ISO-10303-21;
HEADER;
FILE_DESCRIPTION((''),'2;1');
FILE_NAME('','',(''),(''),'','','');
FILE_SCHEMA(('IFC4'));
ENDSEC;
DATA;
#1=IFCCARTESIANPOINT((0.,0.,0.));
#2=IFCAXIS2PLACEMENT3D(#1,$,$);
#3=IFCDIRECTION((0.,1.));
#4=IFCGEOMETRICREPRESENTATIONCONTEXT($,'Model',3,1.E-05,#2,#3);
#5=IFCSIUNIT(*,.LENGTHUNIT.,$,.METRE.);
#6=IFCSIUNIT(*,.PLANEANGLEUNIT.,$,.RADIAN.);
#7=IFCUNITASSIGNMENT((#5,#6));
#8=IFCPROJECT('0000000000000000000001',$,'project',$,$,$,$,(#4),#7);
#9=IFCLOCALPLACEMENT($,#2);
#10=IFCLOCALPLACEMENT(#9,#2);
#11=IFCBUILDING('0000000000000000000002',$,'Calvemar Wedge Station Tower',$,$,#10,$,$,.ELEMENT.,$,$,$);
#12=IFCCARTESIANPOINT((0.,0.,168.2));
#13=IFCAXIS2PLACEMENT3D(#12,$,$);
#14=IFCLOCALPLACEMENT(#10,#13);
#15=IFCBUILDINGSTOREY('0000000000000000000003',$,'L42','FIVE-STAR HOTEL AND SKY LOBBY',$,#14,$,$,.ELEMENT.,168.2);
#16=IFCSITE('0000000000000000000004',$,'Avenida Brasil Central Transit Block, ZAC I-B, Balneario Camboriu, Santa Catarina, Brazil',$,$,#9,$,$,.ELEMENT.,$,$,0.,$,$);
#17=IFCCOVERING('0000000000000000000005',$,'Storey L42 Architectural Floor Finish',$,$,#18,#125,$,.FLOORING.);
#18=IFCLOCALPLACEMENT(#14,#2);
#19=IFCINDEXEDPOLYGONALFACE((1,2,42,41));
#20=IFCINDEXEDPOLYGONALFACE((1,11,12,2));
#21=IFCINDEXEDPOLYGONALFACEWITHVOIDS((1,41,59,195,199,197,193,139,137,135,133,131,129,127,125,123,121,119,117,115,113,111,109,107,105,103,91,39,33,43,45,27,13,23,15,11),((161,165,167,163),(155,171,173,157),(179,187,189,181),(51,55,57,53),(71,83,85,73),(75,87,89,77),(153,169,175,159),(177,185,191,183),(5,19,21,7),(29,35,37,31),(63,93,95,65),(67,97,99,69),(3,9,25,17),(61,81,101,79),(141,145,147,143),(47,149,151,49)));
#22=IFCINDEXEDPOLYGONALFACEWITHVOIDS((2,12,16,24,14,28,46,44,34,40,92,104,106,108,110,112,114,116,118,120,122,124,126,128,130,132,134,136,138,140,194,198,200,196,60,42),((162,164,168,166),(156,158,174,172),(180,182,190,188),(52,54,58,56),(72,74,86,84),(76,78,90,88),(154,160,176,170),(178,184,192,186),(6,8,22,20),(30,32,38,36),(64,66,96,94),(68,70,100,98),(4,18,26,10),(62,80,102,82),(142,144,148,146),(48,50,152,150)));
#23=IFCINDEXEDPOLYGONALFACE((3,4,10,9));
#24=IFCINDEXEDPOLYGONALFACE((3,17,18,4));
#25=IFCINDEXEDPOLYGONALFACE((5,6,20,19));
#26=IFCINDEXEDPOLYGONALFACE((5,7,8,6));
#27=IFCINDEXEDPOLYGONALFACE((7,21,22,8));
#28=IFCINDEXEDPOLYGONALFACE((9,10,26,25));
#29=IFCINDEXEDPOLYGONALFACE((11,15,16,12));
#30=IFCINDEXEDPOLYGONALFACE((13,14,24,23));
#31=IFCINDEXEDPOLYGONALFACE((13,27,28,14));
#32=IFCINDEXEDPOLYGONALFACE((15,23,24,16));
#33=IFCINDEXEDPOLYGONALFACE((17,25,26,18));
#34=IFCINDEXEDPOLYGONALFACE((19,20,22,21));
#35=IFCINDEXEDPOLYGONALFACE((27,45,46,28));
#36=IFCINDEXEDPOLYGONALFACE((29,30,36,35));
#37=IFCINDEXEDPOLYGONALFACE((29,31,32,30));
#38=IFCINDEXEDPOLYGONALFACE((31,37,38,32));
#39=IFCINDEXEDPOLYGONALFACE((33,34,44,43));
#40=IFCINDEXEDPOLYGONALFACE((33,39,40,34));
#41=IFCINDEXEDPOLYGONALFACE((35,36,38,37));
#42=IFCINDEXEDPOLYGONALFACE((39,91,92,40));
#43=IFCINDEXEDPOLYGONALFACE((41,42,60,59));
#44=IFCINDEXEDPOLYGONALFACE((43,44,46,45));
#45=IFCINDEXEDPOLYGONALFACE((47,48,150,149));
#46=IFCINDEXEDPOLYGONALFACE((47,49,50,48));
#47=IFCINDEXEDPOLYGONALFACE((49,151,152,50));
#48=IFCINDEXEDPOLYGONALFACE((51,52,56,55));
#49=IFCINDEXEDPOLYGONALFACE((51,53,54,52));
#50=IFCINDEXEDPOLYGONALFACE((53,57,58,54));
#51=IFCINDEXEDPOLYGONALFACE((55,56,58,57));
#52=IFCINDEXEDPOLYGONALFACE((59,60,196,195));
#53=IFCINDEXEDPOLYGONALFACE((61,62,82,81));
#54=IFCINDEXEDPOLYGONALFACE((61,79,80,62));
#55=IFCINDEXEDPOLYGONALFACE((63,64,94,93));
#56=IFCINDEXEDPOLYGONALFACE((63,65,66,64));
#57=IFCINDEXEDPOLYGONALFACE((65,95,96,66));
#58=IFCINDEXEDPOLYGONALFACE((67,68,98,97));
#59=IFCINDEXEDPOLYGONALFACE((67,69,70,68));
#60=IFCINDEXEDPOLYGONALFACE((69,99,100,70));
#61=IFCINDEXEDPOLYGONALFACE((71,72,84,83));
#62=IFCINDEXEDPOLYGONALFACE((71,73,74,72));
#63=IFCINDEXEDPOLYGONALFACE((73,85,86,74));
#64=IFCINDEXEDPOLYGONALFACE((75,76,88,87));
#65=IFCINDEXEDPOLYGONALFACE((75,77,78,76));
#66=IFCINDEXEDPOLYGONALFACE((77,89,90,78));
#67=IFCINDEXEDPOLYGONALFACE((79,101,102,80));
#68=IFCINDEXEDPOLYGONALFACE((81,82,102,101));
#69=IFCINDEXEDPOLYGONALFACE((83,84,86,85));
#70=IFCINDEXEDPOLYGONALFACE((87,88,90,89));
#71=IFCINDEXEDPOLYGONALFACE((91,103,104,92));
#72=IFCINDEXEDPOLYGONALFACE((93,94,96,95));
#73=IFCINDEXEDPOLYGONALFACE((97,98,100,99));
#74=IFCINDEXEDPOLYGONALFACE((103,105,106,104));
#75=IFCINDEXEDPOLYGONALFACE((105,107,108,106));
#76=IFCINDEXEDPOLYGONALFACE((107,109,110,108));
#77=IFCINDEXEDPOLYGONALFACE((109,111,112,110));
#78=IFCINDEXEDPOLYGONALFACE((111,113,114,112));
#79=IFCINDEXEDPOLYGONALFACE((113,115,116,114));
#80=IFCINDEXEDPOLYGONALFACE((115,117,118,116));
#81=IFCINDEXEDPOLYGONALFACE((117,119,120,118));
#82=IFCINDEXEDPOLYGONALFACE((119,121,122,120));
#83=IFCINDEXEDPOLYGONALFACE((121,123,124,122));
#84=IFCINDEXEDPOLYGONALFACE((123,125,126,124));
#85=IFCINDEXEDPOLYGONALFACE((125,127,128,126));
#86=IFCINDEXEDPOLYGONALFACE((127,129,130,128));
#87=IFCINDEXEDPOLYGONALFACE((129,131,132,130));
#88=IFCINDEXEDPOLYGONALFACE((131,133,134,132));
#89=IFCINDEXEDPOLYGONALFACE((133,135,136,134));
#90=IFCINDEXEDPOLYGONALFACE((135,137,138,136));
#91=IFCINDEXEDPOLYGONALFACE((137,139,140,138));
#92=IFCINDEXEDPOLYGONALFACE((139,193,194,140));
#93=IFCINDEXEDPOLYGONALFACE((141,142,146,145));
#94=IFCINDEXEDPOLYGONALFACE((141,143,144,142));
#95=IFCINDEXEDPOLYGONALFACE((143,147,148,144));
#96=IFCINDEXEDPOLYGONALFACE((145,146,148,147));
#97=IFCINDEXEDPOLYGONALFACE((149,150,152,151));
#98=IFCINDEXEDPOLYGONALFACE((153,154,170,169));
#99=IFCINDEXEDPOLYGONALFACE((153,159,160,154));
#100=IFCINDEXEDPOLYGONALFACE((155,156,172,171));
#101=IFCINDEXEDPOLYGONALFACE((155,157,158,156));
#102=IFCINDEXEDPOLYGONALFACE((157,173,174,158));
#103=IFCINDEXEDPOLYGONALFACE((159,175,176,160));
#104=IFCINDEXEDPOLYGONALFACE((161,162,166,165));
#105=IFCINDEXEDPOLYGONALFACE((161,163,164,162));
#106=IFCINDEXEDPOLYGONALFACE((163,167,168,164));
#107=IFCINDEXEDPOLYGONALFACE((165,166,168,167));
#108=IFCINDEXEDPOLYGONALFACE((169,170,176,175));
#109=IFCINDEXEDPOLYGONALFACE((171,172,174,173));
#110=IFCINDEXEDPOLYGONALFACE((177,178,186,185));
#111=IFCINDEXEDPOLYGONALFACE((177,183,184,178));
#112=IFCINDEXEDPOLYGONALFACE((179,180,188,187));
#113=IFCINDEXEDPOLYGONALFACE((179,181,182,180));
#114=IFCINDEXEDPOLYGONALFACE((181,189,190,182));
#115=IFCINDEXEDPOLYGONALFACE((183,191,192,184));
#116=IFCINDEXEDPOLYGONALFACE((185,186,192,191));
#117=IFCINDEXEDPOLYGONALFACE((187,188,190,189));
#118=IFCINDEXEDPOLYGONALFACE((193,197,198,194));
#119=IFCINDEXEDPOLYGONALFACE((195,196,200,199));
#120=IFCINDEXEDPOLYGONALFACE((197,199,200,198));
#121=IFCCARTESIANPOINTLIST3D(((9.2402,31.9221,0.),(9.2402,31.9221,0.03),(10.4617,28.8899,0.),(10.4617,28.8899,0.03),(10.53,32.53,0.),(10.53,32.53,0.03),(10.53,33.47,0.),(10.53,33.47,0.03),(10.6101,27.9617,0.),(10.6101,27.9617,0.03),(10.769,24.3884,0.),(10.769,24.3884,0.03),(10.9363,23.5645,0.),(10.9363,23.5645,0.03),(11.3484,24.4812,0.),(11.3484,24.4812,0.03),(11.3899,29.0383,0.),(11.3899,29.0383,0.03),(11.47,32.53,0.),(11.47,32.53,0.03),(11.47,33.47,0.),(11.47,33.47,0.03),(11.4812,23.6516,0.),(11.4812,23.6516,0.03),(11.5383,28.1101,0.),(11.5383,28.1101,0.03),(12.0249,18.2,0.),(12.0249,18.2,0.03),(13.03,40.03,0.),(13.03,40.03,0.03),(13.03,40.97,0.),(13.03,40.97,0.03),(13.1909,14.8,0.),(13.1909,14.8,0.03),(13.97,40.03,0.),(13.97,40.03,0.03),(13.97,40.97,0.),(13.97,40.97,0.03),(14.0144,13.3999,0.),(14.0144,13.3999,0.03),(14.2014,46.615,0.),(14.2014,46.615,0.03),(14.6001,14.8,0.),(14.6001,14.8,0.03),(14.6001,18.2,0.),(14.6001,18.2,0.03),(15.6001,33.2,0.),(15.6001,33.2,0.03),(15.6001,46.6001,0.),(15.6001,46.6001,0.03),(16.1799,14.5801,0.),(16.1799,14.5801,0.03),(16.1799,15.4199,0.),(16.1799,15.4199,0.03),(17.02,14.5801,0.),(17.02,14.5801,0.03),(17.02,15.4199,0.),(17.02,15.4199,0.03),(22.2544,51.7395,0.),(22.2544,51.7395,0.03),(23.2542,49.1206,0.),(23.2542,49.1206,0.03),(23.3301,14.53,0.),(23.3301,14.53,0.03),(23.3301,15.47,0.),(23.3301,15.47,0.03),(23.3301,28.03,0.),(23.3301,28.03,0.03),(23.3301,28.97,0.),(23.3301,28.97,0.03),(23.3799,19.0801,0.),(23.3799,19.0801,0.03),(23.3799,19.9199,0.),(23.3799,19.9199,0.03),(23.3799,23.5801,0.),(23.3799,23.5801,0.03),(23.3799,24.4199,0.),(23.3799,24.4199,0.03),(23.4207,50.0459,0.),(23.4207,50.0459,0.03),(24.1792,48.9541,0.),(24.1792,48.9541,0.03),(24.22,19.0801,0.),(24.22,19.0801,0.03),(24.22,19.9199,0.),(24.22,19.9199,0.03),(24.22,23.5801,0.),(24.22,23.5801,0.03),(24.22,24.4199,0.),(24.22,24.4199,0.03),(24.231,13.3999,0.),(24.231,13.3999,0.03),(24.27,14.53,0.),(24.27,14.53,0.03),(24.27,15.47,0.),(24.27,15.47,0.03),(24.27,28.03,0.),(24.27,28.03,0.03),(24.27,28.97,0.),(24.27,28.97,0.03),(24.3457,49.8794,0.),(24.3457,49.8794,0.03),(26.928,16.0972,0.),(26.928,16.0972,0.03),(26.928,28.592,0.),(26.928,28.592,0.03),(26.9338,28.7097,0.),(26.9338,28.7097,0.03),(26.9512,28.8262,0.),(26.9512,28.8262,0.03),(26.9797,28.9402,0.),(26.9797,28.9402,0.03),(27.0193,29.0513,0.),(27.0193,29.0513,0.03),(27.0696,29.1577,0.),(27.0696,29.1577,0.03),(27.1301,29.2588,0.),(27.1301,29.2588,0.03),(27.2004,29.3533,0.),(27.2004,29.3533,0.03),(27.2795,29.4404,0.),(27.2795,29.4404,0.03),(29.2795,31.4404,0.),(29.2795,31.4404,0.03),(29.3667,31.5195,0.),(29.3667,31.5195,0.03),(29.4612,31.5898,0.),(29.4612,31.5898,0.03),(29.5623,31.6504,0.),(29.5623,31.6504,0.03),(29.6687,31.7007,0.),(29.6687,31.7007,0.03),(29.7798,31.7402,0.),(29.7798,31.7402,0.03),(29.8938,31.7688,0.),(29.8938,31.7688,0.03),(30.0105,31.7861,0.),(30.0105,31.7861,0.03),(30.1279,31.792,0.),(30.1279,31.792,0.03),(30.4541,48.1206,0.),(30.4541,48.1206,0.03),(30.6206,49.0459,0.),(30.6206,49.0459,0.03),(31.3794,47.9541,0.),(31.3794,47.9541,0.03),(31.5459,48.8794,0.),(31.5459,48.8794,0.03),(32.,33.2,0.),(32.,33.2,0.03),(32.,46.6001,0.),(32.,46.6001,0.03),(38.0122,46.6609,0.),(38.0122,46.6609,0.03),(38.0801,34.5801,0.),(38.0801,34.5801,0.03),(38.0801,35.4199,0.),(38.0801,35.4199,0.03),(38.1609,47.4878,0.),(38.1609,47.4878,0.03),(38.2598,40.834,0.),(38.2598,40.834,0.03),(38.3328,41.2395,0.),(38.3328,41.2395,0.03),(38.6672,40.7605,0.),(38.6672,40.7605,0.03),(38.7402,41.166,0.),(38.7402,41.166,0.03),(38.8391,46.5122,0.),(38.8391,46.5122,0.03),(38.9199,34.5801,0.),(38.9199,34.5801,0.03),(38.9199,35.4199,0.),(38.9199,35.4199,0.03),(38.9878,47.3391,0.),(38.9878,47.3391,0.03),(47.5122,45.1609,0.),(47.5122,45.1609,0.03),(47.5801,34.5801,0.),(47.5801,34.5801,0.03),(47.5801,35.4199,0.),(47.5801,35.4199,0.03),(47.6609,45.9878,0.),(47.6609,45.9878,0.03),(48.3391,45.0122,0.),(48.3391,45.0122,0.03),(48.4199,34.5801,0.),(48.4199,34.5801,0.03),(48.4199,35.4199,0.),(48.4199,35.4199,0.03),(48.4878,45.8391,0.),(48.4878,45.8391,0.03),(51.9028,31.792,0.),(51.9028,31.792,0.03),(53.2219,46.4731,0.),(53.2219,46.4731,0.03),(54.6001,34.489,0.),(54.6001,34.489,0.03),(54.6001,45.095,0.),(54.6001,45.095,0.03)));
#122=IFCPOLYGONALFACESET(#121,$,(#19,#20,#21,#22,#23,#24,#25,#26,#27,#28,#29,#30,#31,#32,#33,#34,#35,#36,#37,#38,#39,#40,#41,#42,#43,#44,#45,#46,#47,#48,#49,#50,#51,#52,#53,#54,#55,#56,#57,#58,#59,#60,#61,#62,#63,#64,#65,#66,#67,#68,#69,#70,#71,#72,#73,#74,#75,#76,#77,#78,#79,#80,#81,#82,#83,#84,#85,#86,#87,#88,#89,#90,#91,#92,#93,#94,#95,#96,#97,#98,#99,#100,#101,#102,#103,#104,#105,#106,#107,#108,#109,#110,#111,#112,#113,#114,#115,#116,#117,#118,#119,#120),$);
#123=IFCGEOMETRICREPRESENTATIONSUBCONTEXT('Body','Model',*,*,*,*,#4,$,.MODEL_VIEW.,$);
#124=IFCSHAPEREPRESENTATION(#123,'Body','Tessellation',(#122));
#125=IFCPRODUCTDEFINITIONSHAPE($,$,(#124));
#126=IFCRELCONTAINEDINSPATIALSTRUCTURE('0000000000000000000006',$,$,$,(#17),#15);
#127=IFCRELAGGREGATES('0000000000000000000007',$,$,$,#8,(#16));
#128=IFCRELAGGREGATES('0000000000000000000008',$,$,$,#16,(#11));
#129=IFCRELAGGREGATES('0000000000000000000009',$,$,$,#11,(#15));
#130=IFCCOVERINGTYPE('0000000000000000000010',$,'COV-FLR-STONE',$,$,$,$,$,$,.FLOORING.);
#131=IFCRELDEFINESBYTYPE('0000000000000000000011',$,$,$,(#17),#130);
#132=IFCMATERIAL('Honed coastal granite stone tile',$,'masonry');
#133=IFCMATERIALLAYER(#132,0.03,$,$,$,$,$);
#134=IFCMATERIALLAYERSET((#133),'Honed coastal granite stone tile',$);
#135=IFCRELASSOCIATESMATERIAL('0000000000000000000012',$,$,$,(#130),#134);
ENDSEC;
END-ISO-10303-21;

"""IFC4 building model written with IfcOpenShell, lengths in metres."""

from ifc_helpers import new_model, si_unit, direction, frame, origin, place, context, subcontext, project, spatial, polyline, outline, extrude, material, layer, layer_set, type_object, element, save


model = new_model("IFC4")

# Units and contexts
model_context = context("Model", 3, precision=1e-05, world=origin(), true_north=direction((0.0, 1.0)))
body_context = subcontext(model_context, "Body", "Model", "MODEL_VIEW")
ifc_project = project(units=[si_unit("LENGTHUNIT", "METRE"), si_unit("PLANEANGLEUNIT", "RADIAN")], contexts=[model_context])

# Site, building, storey
site_placement = place(None, origin())
site = spatial("IfcSite", under=ifc_project, at=site_placement, Name="Avenida Brasil Central Transit Block, ZAC I-B, Balneario Camboriu, Santa Catarina, Brazil", CompositionType="ELEMENT", RefElevation=0.0)
building_placement = place(site_placement, origin())
building = spatial("IfcBuilding", under=site, at=building_placement, Name="Calvemar Wedge Station Tower", CompositionType="ELEMENT")
storey_placement = place(building_placement, frame((0.0, 0.0, 168.2)))
storey = spatial("IfcBuildingStorey", under=building, at=storey_placement, Name="L42", Description="FIVE-STAR HOTEL AND SKY LOBBY", CompositionType="ELEMENT", Elevation=168.2)

# Covering
ifc_material_1 = material(Name="Honed coastal granite stone tile", Category="masonry")
ifc_layer_1 = layer(ifc_material_1, 0.03)
ifc_layer_set_1 = layer_set([ifc_layer_1], Name="Honed coastal granite stone tile")
covering_type_1 = type_object("IfcCoveringType", Name="COV-FLR-STONE", PredefinedType="FLOORING", material=ifc_layer_set_1)
covering_1_placement = place(storey_placement, origin())
element("IfcCovering", 1, at=covering_1_placement, inside=storey, type_object=covering_type_1, Name="Storey L42 Architectural Floor Finish", PredefinedType="FLOORING", context=body_context, shape_type="SweptSolid", body=[
    extrude(outline(polyline([(27.2795, 29.4404), (29.2795, 31.4404), (29.3667, 31.5195), (29.4612, 31.5898), (29.5623, 31.6504), (29.6687, 31.7007), (29.7798, 31.7402), (29.8938, 31.7688), (30.0105, 31.7861), (30.1279, 31.792), (51.9028, 31.792), (54.6001, 34.489), (54.6001, 45.095), (53.2219, 46.4731), (22.2544, 51.7395), (14.2014, 46.615), (9.2402, 31.9221), (10.769, 24.3884), (11.3484, 24.4812), (11.4812, 23.6516), (10.9363, 23.5645), (12.0249, 18.2), (14.6001, 18.2), (14.6001, 14.8), (13.1909, 14.8), (14.0144, 13.3999), (24.231, 13.3999), (26.928, 16.0972), (26.928, 28.592), (26.9338, 28.7097), (26.9512, 28.8262), (26.9797, 28.9402), (27.0193, 29.0513), (27.0696, 29.1577), (27.1301, 29.2588), (27.2004, 29.3533), (27.2795, 29.4404)]), holes=[polyline([(15.6001, 46.6001), (32.0, 46.6001), (32.0, 33.2), (15.6001, 33.2), (15.6001, 46.6001)]), polyline([(10.53, 32.53), (10.53, 33.47), (11.47, 33.47), (11.47, 32.53), (10.53, 32.53)]), polyline([(13.03, 40.97), (13.97, 40.97), (13.97, 40.03), (13.03, 40.03), (13.03, 40.97)]), polyline([(24.3457, 49.8794), (24.1792, 48.9541), (23.2542, 49.1206), (23.4207, 50.0459), (24.3457, 49.8794)]), polyline([(31.3794, 47.9541), (30.4541, 48.1206), (30.6206, 49.0459), (31.5459, 48.8794), (31.3794, 47.9541)]), polyline([(38.0122, 46.6609), (38.1609, 47.4878), (38.9878, 47.3391), (38.8391, 46.5122), (38.0122, 46.6609)]), polyline([(47.6609, 45.9878), (48.4878, 45.8391), (48.3391, 45.0122), (47.5122, 45.1609), (47.6609, 45.9878)]), polyline([(38.9199, 35.4199), (38.9199, 34.5801), (38.0801, 34.5801), (38.0801, 35.4199), (38.9199, 35.4199)]), polyline([(48.4199, 34.5801), (47.5801, 34.5801), (47.5801, 35.4199), (48.4199, 35.4199), (48.4199, 34.5801)]), polyline([(38.2598, 40.834), (38.3328, 41.2395), (38.7402, 41.166), (38.6672, 40.7605), (38.2598, 40.834)]), polyline([(11.3899, 29.0383), (11.5383, 28.1101), (10.6101, 27.9617), (10.4617, 28.8899), (11.3899, 29.0383)]), polyline([(24.27, 28.03), (23.3301, 28.03), (23.3301, 28.97), (24.27, 28.97), (24.27, 28.03)]), polyline([(23.3799, 23.5801), (23.3799, 24.4199), (24.22, 24.4199), (24.22, 23.5801), (23.3799, 23.5801)]), polyline([(23.3799, 19.9199), (24.22, 19.9199), (24.22, 19.0801), (23.3799, 19.0801), (23.3799, 19.9199)]), polyline([(24.27, 15.47), (24.27, 14.53), (23.3301, 14.53), (23.3301, 15.47), (24.27, 15.47)]), polyline([(17.02, 14.5801), (16.1799, 14.5801), (16.1799, 15.4199), (17.02, 15.4199), (17.02, 14.5801)])]), origin(), (0.0, 0.0, 1.0), 0.03),
])

save(model, "model.ifc")
